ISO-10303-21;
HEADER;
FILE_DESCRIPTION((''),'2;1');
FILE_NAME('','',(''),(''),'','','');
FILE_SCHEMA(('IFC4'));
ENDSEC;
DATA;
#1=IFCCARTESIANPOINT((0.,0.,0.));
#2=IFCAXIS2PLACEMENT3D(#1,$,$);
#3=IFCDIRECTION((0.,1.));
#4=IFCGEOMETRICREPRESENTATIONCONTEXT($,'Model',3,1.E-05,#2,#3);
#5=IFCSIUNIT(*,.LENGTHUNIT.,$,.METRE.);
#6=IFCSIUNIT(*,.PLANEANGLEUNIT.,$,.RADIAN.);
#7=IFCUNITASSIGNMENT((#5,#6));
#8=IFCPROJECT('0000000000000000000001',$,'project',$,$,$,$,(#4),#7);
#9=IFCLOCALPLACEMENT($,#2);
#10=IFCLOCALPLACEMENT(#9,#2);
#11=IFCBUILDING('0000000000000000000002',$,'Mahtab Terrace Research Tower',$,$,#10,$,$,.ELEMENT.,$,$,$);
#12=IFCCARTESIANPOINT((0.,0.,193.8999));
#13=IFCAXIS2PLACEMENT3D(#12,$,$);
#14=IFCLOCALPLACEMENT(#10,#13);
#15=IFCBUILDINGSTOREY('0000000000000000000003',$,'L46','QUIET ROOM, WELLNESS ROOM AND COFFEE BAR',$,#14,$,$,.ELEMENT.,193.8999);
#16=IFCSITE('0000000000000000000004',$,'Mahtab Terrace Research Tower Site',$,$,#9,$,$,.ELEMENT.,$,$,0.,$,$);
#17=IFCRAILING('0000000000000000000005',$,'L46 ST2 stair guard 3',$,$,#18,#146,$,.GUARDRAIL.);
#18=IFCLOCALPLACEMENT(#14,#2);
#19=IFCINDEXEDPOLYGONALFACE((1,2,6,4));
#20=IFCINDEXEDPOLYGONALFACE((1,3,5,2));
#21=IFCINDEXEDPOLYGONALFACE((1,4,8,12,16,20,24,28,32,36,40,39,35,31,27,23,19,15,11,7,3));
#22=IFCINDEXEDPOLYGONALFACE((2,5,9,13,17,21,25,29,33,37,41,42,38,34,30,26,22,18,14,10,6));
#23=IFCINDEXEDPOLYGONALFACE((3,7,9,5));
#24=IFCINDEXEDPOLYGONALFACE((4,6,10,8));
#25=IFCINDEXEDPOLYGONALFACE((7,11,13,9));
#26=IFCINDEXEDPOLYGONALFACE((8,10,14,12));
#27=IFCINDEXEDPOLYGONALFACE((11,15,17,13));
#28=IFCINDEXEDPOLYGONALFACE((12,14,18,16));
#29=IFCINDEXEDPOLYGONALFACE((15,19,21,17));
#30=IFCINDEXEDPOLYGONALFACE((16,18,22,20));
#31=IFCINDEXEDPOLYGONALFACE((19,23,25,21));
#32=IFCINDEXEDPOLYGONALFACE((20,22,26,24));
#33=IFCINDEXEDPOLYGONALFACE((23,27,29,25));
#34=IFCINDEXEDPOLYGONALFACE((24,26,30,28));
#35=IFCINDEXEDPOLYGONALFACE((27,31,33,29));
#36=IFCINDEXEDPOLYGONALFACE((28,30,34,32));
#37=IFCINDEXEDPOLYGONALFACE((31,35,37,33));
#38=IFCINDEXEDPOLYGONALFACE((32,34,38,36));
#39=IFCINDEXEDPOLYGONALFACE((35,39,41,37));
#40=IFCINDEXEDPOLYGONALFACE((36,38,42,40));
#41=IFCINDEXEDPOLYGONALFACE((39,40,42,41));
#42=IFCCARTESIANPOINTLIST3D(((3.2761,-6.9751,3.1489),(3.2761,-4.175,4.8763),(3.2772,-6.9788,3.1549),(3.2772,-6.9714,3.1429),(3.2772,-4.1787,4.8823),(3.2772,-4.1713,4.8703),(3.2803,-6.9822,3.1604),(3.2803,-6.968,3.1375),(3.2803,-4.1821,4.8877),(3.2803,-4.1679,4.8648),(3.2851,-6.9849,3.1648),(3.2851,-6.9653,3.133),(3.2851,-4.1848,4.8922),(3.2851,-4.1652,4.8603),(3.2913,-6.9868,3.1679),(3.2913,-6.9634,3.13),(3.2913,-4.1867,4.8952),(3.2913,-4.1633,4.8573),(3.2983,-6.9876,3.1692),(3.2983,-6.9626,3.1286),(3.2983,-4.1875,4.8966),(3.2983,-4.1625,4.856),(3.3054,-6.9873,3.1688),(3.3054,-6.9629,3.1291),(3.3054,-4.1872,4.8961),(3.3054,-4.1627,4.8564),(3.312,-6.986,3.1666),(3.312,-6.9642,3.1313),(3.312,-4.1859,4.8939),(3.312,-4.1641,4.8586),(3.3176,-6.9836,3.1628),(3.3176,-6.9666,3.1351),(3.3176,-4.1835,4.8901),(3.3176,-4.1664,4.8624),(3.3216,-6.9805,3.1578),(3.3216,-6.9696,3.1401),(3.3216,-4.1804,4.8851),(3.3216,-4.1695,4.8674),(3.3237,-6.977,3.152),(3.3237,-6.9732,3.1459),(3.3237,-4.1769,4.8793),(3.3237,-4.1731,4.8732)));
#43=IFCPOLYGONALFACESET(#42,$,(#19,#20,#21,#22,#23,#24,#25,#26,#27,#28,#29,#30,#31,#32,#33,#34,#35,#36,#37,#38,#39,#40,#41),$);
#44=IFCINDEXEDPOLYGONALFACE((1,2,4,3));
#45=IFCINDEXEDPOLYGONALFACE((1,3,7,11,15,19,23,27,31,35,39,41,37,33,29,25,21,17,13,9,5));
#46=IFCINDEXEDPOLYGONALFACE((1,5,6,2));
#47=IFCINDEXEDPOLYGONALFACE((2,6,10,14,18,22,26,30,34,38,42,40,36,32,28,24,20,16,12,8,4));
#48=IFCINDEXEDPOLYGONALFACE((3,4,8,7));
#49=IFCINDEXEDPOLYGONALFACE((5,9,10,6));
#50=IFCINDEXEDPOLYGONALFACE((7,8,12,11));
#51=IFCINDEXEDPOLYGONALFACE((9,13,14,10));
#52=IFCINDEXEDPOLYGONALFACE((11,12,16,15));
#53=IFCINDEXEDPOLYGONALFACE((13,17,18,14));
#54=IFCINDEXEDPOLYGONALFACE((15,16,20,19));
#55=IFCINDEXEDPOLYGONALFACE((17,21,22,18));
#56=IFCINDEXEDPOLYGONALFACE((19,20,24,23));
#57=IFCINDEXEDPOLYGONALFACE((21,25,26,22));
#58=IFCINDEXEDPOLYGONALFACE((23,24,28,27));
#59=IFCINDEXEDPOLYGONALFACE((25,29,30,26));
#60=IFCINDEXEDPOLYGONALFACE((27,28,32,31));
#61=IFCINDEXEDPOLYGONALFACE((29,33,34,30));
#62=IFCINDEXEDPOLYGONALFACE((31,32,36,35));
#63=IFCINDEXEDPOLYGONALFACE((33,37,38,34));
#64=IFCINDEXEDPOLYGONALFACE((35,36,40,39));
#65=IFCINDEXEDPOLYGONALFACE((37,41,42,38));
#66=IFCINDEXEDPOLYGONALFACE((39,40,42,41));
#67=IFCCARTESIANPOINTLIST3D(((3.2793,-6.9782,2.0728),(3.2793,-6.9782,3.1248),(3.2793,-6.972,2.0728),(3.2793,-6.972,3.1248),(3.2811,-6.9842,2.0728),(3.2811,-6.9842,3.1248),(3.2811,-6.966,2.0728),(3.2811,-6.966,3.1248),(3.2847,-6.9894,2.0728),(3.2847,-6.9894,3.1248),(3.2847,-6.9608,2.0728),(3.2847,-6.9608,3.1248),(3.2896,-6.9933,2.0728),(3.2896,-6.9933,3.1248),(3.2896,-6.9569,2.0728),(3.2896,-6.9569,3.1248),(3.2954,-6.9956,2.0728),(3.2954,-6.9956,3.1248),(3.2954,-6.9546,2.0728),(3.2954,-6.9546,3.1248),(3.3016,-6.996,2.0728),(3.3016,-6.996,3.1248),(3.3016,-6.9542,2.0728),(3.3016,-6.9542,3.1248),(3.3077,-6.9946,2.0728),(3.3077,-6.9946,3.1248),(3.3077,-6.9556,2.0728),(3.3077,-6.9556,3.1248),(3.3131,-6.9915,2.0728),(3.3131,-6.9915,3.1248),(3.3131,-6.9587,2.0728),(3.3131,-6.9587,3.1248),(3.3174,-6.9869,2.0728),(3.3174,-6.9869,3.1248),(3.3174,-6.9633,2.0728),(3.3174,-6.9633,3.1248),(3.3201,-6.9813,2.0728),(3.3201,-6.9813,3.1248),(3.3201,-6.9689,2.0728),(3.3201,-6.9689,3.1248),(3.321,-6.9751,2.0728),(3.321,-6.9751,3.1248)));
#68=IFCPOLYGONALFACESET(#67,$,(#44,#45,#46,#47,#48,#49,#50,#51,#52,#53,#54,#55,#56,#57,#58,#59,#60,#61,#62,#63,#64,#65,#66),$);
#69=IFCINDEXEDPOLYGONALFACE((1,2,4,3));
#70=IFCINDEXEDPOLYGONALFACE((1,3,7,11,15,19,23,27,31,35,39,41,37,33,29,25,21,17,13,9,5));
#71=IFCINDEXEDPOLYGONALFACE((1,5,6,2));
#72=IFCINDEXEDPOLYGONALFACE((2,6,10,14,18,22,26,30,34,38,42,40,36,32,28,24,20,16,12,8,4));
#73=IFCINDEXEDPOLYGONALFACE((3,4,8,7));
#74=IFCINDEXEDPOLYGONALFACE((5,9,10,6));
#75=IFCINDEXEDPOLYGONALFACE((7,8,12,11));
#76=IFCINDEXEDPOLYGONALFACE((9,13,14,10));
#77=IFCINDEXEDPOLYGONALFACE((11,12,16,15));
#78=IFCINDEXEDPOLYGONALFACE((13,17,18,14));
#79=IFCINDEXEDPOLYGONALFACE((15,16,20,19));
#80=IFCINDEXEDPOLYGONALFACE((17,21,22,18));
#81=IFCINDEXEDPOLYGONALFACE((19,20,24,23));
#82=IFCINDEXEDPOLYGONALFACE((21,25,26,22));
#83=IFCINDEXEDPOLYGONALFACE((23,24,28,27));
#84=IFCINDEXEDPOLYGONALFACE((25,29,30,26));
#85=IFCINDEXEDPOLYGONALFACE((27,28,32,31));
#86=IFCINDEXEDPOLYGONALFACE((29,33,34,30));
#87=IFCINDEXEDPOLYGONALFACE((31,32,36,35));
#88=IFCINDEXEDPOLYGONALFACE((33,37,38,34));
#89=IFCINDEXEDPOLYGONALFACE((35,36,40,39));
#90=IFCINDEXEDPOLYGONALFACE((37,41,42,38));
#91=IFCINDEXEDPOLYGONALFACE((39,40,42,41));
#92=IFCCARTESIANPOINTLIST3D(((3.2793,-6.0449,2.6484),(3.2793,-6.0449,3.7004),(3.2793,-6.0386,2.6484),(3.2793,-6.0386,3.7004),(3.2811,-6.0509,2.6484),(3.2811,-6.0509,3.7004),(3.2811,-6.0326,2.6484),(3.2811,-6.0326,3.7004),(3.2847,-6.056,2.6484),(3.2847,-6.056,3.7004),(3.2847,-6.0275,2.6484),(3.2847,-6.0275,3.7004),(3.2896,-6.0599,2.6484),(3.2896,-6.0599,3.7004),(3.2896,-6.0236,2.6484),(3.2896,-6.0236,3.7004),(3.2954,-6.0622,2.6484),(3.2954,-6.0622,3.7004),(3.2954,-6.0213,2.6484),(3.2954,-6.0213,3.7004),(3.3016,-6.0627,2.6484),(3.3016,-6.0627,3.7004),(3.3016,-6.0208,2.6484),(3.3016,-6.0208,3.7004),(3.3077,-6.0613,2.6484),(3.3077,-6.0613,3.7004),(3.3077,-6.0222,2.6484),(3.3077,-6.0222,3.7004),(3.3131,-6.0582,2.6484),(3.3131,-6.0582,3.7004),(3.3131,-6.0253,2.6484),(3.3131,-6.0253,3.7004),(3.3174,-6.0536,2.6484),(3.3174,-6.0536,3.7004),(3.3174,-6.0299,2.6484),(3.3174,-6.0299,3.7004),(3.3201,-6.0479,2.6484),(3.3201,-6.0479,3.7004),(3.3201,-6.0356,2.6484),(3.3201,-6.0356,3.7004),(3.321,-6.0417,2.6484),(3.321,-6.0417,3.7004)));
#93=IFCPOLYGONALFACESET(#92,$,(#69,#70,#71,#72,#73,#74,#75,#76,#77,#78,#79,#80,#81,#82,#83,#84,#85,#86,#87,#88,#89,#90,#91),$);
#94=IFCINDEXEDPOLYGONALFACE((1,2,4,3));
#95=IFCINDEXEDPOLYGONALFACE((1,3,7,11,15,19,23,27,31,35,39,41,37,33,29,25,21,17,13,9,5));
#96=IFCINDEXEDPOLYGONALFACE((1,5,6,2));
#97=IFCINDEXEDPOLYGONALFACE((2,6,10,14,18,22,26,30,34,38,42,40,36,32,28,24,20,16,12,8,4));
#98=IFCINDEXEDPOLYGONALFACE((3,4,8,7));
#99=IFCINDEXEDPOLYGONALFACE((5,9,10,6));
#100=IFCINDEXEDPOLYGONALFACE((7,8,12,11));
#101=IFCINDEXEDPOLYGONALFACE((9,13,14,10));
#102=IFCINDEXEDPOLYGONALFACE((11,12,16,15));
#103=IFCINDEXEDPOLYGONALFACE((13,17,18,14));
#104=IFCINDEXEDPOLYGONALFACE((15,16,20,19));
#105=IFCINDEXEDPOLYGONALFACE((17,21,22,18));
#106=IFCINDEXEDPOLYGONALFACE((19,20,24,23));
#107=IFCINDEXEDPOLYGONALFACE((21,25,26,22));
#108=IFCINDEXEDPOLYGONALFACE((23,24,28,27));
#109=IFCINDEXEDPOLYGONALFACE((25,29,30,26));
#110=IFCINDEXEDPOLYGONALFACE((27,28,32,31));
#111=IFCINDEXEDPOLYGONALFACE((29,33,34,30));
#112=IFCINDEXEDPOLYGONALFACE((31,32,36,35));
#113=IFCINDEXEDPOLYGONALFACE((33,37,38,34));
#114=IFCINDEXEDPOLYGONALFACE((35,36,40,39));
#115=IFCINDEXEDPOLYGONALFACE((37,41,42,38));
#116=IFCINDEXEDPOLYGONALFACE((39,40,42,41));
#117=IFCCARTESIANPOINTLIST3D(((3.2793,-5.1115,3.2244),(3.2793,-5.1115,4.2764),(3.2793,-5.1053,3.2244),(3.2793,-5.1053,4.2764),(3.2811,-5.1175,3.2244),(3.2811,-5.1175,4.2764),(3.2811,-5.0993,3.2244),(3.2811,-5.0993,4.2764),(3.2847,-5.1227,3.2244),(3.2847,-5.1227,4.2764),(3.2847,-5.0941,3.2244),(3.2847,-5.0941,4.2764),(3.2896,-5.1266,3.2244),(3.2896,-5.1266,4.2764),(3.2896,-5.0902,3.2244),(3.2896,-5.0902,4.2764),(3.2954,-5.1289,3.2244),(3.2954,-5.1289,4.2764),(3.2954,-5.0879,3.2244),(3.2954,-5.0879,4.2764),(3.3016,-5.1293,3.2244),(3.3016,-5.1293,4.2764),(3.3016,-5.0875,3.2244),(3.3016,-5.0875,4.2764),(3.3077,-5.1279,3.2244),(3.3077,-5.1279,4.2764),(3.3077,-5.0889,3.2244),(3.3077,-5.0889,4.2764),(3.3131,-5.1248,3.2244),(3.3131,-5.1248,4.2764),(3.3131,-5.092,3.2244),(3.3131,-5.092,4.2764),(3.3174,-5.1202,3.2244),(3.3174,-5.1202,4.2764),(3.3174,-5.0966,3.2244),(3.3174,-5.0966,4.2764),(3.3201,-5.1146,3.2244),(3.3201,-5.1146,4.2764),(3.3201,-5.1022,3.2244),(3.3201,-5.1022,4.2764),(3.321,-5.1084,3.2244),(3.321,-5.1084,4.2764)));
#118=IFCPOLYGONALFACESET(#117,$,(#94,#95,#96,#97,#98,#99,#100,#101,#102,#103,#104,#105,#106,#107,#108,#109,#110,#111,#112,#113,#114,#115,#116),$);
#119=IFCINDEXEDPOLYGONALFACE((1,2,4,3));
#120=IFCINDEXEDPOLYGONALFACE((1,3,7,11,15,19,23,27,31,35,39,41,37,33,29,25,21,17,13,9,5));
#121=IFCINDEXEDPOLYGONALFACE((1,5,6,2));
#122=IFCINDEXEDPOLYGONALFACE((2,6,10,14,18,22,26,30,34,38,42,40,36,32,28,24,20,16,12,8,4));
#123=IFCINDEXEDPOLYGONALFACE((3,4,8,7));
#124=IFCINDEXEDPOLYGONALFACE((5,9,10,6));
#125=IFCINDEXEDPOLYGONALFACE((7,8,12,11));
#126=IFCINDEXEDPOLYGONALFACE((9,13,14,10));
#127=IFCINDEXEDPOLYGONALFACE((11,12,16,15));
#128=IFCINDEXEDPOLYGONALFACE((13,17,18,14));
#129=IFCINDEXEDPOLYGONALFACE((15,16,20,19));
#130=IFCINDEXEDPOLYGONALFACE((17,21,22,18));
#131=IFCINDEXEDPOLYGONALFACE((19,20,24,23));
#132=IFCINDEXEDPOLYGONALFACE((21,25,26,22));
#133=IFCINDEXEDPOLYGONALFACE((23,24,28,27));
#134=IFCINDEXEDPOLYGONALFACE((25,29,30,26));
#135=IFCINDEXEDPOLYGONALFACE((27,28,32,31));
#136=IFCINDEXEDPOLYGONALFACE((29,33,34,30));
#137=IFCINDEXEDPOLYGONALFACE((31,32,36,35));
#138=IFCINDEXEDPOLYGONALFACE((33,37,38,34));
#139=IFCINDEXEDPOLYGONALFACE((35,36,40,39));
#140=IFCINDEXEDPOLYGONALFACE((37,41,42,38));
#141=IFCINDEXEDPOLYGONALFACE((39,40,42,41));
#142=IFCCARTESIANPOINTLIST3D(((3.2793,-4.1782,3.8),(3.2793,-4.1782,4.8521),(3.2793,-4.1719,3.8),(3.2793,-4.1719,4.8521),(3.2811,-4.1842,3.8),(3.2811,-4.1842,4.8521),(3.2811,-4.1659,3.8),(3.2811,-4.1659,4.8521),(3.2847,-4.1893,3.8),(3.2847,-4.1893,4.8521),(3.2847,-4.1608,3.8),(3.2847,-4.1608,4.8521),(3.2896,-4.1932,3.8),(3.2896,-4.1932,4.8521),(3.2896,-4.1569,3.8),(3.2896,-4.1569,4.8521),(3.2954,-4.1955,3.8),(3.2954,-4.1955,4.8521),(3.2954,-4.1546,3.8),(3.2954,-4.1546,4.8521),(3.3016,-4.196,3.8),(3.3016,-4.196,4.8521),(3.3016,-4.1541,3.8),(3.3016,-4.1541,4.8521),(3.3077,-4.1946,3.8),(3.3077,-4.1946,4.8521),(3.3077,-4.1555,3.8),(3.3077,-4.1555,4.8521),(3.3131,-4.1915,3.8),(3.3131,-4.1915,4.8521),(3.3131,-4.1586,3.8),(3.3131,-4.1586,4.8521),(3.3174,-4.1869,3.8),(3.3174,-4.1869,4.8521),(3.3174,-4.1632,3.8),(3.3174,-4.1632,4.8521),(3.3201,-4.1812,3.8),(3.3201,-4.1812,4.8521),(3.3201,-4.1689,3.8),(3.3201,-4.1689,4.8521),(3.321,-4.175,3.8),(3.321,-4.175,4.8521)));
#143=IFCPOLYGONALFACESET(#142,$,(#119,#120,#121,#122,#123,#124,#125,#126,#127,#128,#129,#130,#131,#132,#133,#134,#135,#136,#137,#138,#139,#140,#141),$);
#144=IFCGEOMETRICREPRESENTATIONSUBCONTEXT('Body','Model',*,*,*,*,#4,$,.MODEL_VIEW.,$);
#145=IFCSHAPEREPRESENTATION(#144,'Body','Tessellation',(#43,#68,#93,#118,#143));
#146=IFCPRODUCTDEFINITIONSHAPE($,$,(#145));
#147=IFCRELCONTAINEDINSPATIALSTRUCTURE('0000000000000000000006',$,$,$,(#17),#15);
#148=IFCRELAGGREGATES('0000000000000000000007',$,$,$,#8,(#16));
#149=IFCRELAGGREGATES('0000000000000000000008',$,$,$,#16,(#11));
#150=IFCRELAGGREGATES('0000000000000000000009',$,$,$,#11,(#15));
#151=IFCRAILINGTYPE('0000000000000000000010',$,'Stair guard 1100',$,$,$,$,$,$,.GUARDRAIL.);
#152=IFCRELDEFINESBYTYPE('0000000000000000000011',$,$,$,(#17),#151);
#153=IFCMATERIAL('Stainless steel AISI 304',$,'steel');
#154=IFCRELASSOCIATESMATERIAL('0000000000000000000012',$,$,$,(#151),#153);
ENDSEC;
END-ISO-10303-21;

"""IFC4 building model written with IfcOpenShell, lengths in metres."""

from ifc_helpers import new_model, si_unit, direction, frame, origin, origin_2d, place, context, subcontext, project, spatial, circle, extrude, material, type_object, element, save


model = new_model("IFC4")

# Units and contexts
model_context = context("Model", 3, precision=1e-05, world=origin(), true_north=direction((0.0, 1.0)))
body_context = subcontext(model_context, "Body", "Model", "MODEL_VIEW")
ifc_project = project(units=[si_unit("LENGTHUNIT", "METRE"), si_unit("PLANEANGLEUNIT", "RADIAN")], contexts=[model_context])

# Site, building, storey
site_placement = place(None, origin())
site = spatial("IfcSite", under=ifc_project, at=site_placement, Name="Mahtab Terrace Research Tower Site", CompositionType="ELEMENT", RefElevation=0.0)
building_placement = place(site_placement, origin())
building = spatial("IfcBuilding", under=site, at=building_placement, Name="Mahtab Terrace Research Tower", CompositionType="ELEMENT")
storey_placement = place(building_placement, frame((0.0, 0.0, 193.8999)))
storey = spatial("IfcBuildingStorey", under=building, at=storey_placement, Name="L46", Description="QUIET ROOM, WELLNESS ROOM AND COFFEE BAR", CompositionType="ELEMENT", Elevation=193.8999)

# Railing
ifc_material_1 = material(Name="Stainless steel AISI 304", Category="steel")
railing_type_1 = type_object("IfcRailingType", Name="Stair guard 1100", PredefinedType="GUARDRAIL", material=ifc_material_1)
railing_1_placement = place(storey_placement, frame((3.3, -6.9751, 2.0728)))
element("IfcRailing", 1, at=railing_1_placement, inside=storey, type_object=railing_type_1, Name="L46 ST2 stair guard 3", PredefinedType="GUARDRAIL", context=body_context, shape_type="SweptSolid", body=[
    extrude(circle(Radius=0.0239, at=origin_2d()), frame((0.0, 0.0, 1.0762), z_axis=(0.0, 0.85109, 0.52502), x_axis=(-1.0, 0.0, 0.0)), (0.0, 0.0, 1.0), 3.29),
    extrude(circle(Radius=0.021, at=origin_2d()), origin(), (0.0, 0.0, 1.0), 1.052),
    extrude(circle(Radius=0.021, at=origin_2d()), frame((0.0, 0.9333, 0.5757)), (0.0, 0.0, 1.0), 1.052),
    extrude(circle(Radius=0.021, at=origin_2d()), frame((0.0, 1.8667, 1.1516)), (0.0, 0.0, 1.0), 1.052),
    extrude(circle(Radius=0.021, at=origin_2d()), frame((0.0, 2.8, 1.7273)), (0.0, 0.0, 1.0), 1.052),
])

save(model, "model.ifc")
